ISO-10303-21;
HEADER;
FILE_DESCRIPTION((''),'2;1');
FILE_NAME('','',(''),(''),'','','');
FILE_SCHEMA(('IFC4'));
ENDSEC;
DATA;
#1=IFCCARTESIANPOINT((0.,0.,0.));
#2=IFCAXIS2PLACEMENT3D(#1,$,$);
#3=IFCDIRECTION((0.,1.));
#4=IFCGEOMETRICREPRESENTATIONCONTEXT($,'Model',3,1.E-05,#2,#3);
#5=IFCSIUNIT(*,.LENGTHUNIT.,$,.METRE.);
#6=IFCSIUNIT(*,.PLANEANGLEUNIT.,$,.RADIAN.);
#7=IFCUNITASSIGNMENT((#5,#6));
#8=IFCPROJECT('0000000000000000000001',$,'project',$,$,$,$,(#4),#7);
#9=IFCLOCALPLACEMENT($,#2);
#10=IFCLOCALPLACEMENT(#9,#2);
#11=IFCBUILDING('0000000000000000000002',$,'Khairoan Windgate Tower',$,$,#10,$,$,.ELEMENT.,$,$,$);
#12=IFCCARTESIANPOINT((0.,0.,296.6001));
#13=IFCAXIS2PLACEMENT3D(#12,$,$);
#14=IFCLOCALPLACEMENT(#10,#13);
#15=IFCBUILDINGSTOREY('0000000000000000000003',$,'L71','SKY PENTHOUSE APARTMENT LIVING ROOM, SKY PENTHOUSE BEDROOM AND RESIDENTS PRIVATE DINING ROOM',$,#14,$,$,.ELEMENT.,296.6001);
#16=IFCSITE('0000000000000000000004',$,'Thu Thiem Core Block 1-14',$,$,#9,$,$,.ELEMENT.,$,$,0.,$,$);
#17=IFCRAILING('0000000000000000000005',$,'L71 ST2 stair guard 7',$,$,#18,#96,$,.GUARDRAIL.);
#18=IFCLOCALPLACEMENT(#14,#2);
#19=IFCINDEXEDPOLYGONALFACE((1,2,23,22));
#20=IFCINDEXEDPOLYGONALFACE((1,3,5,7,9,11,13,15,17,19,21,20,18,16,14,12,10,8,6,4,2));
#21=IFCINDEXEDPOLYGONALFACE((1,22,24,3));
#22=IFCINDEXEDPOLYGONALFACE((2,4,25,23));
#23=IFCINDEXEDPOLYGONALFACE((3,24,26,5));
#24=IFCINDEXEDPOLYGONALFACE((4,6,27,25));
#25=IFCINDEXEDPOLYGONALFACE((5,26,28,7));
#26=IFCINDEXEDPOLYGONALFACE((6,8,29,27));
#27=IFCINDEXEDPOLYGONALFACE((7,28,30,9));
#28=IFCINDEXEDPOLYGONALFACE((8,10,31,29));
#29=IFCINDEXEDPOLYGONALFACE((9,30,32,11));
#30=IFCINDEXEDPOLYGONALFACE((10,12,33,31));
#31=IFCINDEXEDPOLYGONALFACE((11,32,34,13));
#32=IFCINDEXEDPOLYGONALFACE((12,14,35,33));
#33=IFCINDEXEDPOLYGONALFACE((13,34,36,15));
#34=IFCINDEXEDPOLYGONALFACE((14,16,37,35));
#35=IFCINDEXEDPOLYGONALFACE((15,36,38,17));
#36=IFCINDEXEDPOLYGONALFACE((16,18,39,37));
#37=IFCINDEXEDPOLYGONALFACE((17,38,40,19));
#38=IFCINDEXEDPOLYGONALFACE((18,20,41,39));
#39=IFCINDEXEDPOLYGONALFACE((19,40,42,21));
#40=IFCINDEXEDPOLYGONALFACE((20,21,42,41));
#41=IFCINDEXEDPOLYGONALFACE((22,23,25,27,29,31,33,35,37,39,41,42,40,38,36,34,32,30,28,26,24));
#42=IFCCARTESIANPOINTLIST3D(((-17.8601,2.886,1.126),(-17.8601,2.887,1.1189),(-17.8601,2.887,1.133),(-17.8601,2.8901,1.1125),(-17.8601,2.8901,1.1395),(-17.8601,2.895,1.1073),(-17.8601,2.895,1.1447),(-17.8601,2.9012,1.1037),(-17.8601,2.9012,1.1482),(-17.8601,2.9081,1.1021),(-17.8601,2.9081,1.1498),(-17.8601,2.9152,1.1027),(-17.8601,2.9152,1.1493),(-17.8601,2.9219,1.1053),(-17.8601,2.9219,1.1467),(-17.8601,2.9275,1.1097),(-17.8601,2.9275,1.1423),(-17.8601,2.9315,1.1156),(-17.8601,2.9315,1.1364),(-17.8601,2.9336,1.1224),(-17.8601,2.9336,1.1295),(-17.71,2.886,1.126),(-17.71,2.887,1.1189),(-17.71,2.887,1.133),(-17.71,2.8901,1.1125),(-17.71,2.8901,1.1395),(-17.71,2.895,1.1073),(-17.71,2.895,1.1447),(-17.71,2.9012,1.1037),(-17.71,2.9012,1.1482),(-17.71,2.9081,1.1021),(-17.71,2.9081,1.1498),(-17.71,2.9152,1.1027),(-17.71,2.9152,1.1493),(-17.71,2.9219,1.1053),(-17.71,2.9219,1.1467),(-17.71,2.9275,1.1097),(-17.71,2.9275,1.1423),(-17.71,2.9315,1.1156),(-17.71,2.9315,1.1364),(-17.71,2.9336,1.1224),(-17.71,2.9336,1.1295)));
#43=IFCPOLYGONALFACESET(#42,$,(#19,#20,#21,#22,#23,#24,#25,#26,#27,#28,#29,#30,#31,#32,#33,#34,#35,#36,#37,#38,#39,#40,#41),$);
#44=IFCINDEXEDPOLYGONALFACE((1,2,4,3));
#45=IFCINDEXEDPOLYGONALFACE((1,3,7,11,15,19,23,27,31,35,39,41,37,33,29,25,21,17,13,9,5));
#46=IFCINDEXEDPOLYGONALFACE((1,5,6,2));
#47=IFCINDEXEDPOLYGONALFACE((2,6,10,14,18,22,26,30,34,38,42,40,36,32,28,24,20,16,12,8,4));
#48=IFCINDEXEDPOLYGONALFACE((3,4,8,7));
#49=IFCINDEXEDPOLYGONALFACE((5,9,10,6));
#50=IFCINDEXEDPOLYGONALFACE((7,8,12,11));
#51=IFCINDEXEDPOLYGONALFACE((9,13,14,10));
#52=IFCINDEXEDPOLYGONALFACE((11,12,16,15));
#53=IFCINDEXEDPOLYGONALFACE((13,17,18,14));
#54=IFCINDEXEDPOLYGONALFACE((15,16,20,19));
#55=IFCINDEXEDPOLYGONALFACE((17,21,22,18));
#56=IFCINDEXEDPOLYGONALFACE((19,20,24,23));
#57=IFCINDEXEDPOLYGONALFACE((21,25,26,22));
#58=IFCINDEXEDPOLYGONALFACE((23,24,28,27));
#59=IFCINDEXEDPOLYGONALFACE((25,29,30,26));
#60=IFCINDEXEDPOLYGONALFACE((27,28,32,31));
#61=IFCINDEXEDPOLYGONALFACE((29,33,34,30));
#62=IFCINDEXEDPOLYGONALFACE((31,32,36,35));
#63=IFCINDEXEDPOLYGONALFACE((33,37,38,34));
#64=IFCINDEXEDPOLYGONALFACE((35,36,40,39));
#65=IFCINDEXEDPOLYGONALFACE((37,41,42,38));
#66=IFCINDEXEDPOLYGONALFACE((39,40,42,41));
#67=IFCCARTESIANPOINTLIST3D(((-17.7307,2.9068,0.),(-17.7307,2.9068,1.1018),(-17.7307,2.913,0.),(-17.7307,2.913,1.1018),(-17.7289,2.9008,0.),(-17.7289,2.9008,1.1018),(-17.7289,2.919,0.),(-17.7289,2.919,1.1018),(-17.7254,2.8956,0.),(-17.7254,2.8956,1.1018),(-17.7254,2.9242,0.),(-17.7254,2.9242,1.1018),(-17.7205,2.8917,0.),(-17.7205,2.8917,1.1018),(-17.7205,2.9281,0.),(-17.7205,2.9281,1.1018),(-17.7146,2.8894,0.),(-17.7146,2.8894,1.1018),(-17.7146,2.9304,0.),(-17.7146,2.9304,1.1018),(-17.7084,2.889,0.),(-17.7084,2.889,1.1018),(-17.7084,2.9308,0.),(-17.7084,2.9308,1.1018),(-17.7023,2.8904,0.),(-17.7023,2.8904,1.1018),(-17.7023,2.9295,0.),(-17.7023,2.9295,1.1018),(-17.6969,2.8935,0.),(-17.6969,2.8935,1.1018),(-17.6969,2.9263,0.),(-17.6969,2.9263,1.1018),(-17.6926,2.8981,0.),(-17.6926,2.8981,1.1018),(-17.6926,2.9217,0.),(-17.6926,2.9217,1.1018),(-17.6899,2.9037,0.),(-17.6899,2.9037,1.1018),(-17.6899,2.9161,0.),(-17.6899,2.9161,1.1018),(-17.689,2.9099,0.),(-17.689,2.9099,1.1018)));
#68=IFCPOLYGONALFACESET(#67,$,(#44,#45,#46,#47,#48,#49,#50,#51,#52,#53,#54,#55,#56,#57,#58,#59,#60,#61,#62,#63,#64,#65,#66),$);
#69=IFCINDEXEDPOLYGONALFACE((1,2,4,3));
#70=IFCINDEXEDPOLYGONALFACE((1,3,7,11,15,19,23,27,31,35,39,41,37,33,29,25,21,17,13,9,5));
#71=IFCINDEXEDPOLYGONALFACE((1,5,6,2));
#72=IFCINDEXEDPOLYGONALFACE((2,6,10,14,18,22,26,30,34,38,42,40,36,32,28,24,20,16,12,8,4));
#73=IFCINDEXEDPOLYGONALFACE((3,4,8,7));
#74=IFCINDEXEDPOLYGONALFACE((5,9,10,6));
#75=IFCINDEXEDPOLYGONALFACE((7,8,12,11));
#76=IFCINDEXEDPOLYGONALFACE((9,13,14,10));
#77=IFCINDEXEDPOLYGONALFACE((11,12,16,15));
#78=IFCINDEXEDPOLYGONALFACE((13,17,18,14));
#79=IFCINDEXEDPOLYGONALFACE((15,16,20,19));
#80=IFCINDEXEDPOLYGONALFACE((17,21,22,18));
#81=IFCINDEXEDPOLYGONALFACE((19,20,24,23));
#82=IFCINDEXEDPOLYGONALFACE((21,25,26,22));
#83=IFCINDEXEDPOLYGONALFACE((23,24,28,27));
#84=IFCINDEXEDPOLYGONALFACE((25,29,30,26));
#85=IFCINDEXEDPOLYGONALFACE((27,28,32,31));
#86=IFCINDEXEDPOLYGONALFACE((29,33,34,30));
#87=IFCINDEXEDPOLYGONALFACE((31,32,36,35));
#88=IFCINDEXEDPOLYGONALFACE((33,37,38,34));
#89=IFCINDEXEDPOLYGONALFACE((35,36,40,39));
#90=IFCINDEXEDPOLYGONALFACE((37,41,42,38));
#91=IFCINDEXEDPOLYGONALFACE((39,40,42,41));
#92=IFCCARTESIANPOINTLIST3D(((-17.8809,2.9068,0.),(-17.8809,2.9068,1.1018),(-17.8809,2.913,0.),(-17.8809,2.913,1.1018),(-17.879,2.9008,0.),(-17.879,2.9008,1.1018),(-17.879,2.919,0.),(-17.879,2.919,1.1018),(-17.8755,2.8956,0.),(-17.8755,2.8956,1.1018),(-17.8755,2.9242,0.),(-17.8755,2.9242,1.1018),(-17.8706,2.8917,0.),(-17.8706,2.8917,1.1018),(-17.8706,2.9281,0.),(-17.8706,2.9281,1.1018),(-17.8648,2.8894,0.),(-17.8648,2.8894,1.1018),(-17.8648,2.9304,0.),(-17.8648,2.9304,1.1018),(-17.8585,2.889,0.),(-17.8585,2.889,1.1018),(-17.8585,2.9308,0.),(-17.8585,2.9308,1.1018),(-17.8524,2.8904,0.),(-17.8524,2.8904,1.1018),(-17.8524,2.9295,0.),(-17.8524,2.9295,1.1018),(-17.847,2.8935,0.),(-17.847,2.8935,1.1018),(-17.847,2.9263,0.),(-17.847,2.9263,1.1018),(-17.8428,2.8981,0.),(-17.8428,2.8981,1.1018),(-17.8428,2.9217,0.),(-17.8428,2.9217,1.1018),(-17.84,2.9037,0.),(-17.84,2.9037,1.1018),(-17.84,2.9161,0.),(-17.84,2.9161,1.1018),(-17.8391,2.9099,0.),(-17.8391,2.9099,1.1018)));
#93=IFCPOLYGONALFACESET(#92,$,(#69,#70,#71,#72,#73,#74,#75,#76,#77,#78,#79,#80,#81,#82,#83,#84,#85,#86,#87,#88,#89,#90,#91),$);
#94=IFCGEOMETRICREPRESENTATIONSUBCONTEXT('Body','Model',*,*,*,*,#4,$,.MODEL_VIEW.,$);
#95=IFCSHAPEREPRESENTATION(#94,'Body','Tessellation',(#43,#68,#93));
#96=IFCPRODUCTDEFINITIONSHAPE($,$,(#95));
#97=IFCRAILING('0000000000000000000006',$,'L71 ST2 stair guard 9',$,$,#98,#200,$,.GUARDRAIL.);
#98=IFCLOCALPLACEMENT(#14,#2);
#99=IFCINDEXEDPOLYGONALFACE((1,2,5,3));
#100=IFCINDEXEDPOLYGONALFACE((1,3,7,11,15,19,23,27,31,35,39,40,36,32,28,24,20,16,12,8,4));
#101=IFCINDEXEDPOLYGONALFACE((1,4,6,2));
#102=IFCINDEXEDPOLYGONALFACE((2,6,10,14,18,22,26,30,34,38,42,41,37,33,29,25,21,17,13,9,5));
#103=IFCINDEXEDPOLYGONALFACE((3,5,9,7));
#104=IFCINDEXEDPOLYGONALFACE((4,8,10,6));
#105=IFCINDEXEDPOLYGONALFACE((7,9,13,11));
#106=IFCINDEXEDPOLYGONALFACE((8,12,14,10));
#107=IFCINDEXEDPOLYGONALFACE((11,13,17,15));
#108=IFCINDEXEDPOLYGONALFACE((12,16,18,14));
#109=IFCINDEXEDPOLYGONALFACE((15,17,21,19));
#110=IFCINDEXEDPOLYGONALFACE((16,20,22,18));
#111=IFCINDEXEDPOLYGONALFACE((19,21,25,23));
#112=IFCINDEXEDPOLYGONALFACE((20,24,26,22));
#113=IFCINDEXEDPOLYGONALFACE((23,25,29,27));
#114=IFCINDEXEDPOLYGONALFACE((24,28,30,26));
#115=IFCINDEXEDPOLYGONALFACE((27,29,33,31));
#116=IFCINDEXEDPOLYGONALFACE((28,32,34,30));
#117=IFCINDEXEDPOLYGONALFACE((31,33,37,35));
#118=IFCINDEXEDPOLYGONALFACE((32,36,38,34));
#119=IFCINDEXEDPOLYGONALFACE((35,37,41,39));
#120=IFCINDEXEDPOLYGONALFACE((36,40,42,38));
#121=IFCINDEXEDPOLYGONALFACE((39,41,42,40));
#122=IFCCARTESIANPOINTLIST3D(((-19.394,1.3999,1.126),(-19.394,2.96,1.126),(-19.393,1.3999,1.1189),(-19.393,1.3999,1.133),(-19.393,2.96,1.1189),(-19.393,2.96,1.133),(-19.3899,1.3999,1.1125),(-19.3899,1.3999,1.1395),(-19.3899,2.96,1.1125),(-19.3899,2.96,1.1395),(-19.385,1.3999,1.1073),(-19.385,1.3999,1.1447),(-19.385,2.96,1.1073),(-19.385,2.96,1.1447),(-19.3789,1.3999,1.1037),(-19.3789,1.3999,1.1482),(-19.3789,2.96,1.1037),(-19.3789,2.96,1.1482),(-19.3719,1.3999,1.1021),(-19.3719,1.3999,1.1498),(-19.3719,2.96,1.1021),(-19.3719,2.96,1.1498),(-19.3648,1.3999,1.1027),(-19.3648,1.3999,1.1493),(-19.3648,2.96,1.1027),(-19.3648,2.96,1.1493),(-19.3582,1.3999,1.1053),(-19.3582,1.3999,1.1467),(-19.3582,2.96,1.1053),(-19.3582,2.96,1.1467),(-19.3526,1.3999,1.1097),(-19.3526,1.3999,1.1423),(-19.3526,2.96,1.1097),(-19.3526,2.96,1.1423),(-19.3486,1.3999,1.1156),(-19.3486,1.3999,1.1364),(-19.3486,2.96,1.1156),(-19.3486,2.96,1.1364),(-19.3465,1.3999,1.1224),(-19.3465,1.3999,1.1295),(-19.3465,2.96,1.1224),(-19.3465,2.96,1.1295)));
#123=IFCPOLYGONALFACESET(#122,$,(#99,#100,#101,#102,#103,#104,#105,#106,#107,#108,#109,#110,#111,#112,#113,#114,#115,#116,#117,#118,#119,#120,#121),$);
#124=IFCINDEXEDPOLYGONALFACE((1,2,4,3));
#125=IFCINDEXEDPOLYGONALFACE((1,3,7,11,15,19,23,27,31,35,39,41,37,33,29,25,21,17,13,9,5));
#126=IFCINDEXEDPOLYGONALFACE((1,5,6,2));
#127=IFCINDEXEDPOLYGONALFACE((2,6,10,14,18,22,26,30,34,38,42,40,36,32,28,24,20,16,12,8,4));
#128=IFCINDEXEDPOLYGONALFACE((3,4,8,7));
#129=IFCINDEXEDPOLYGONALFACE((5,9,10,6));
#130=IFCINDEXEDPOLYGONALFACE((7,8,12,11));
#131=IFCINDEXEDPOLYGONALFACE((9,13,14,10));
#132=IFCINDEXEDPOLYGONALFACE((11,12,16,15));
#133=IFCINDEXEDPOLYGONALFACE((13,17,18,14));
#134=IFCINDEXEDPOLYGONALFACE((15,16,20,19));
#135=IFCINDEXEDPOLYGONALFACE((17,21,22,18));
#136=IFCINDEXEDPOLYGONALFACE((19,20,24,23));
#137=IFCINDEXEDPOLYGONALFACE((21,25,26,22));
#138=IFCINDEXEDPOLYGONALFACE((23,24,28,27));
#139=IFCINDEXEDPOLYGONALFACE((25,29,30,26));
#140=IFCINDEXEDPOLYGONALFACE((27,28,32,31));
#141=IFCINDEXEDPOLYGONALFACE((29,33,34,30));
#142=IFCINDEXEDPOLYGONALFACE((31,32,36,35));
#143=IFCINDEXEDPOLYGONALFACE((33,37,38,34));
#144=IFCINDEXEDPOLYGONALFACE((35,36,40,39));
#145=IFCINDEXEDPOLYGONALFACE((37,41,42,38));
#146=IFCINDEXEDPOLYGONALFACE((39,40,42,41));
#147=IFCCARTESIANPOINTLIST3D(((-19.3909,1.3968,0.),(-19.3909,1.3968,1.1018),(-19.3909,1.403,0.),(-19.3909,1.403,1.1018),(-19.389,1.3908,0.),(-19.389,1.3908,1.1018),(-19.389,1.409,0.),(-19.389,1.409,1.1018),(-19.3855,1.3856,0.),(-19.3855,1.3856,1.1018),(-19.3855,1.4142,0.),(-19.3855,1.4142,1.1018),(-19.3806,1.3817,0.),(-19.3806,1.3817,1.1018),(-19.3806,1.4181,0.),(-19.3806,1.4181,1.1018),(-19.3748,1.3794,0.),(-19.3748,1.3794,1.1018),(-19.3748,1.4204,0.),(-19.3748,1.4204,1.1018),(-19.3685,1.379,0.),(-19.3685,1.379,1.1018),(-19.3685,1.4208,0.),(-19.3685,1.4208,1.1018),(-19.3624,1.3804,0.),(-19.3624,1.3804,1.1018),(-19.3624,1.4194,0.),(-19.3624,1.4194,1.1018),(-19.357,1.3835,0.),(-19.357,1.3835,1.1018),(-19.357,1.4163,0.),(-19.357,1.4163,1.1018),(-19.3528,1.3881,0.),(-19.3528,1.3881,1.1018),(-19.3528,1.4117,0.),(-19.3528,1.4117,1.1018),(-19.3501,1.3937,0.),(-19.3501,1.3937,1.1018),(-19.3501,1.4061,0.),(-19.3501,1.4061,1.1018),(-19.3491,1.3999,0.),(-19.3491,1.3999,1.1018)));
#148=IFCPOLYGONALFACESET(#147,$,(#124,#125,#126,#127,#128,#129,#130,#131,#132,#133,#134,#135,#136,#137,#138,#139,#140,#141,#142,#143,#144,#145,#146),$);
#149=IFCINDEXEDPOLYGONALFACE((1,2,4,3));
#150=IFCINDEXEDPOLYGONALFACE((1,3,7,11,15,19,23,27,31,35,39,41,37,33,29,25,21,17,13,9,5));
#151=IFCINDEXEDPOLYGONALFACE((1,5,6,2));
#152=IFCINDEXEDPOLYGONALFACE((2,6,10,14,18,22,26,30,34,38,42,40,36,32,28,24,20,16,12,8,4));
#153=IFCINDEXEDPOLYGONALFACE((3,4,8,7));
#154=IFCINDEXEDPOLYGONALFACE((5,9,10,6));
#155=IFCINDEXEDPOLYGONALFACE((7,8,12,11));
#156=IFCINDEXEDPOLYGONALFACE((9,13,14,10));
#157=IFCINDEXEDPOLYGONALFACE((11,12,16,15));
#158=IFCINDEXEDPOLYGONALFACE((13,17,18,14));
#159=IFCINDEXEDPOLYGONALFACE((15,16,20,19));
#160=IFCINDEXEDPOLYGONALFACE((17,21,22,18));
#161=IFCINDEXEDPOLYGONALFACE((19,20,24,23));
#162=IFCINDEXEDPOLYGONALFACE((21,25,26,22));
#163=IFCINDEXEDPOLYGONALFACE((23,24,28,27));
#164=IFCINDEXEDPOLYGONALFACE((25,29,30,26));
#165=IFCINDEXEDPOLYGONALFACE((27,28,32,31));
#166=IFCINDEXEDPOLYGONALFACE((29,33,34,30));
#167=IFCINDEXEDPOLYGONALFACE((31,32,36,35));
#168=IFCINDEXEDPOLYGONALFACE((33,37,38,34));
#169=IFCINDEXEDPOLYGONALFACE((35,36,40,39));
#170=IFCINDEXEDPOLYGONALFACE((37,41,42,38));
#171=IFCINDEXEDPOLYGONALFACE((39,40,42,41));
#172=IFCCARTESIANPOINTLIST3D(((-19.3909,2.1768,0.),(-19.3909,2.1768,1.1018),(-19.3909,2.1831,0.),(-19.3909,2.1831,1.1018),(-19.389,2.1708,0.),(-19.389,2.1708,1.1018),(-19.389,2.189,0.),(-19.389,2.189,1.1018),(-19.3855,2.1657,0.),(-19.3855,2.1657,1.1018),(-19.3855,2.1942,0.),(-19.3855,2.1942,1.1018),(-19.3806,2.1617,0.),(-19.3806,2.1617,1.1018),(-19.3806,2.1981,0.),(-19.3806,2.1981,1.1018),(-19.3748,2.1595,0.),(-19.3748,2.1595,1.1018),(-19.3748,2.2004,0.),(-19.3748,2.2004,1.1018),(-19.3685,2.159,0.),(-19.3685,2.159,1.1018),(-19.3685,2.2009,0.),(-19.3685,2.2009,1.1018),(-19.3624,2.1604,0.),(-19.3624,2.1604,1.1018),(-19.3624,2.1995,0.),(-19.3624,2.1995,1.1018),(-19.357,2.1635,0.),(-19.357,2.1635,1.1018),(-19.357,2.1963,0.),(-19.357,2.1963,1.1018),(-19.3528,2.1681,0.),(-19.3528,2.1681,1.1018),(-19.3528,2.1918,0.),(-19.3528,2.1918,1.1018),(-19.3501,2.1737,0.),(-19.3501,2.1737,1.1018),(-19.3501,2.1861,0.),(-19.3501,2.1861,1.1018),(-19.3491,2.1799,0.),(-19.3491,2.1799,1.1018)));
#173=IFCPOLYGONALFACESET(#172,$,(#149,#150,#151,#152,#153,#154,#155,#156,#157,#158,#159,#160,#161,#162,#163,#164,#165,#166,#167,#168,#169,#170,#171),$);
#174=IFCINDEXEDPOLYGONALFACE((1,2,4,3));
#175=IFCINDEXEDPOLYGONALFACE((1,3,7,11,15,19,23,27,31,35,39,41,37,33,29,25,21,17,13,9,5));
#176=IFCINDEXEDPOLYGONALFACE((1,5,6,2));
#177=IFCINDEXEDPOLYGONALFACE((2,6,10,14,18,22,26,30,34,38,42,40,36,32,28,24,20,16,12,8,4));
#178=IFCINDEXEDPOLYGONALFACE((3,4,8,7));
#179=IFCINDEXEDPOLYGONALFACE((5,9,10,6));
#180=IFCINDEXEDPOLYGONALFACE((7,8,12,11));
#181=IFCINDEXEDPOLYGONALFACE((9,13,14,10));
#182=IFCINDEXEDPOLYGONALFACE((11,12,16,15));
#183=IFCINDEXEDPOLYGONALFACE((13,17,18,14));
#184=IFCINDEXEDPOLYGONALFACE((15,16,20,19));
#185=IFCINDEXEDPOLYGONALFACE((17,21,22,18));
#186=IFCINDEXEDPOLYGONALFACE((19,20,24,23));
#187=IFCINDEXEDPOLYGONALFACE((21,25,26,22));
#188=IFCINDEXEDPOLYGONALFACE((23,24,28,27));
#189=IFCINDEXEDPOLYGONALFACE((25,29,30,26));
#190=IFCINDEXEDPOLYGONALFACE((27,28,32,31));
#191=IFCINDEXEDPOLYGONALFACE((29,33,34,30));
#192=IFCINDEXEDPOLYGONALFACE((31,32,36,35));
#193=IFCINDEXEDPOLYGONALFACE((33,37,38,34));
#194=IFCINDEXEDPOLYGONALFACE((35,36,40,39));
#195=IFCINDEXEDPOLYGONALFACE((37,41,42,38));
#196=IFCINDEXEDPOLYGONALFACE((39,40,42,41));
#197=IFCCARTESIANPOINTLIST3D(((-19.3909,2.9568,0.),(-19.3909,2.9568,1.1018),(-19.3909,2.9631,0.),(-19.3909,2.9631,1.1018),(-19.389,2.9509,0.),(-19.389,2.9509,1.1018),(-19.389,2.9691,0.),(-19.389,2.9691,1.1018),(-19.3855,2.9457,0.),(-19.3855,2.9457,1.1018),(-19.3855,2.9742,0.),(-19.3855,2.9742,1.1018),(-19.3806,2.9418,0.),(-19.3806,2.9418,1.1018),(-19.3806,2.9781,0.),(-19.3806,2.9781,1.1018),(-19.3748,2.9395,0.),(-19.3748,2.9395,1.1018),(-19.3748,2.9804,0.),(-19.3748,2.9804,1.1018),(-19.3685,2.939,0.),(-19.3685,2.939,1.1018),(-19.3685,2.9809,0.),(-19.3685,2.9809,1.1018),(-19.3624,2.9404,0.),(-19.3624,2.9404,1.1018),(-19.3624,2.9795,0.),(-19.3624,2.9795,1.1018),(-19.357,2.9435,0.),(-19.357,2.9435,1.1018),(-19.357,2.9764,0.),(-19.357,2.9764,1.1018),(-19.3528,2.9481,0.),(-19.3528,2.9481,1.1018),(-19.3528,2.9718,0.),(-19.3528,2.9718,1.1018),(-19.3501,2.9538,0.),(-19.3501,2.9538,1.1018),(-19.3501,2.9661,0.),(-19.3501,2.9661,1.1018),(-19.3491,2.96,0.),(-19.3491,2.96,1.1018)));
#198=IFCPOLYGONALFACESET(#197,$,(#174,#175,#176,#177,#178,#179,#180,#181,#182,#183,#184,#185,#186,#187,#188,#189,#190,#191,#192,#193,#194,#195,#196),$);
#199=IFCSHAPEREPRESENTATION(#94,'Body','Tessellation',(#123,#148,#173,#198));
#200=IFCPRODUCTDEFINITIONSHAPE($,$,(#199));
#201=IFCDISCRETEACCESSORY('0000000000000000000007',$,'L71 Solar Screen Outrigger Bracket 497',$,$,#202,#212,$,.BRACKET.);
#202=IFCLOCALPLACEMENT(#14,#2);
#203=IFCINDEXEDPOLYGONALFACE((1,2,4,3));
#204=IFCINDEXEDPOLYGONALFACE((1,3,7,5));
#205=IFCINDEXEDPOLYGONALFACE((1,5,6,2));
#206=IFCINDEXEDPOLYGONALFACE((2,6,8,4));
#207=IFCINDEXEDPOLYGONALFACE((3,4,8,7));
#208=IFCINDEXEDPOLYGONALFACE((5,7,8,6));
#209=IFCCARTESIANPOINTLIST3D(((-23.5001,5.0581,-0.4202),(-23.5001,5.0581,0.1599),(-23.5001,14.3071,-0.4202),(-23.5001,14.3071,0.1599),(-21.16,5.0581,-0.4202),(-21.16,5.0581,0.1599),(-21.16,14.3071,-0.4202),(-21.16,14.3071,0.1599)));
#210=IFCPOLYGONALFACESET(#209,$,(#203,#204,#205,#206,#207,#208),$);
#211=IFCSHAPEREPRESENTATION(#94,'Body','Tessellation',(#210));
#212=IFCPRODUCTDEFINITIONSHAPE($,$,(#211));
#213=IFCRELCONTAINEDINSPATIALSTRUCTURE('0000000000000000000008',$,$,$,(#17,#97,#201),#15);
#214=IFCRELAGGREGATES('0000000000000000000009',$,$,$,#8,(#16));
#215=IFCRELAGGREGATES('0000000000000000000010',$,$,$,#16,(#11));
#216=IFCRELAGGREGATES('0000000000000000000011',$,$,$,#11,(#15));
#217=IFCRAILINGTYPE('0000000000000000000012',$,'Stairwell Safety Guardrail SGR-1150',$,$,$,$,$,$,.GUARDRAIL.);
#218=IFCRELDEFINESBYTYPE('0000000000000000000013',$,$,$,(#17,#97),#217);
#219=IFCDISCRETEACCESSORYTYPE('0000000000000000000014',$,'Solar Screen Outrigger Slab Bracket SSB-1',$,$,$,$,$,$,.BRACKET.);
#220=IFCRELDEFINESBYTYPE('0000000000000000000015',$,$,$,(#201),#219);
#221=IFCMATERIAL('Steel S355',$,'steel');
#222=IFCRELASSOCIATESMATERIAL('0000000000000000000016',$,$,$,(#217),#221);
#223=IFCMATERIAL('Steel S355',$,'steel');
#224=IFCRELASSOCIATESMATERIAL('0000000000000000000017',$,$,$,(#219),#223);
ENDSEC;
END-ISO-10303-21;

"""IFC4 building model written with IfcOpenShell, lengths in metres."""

from ifc_helpers import new_model, si_unit, direction, frame, origin, origin_2d, place, context, subcontext, project, spatial, rectangle, circle, extrude, material, type_object, element, save


model = new_model("IFC4")

# Units and contexts
model_context = context("Model", 3, precision=1e-05, world=origin(), true_north=direction((0.0, 1.0)))
body_context = subcontext(model_context, "Body", "Model", "MODEL_VIEW")
ifc_project = project(units=[si_unit("LENGTHUNIT", "METRE"), si_unit("PLANEANGLEUNIT", "RADIAN")], contexts=[model_context])

# Site, building, storey
site_placement = place(None, origin())
site = spatial("IfcSite", under=ifc_project, at=site_placement, Name="Thu Thiem Core Block 1-14", CompositionType="ELEMENT", RefElevation=0.0)
building_placement = place(site_placement, origin())
building = spatial("IfcBuilding", under=site, at=building_placement, Name="Khairoan Windgate Tower", CompositionType="ELEMENT")
storey_placement = place(building_placement, frame((0.0, 0.0, 296.6001)))
storey = spatial("IfcBuildingStorey", under=building, at=storey_placement, Name="L71", Description="SKY PENTHOUSE APARTMENT LIVING ROOM, SKY PENTHOUSE BEDROOM AND RESIDENTS PRIVATE DINING ROOM", CompositionType="ELEMENT", Elevation=296.6001)

# Railings
ifc_material_1 = material(Name="Steel S355", Category="steel")
railing_type_1 = type_object("IfcRailingType", Name="Stairwell Safety Guardrail SGR-1150", PredefinedType="GUARDRAIL", material=ifc_material_1)
railing_1_placement = place(storey_placement, frame((-17.71, 2.9099, 0.0)))
element("IfcRailing", 1, at=railing_1_placement, inside=storey, type_object=railing_type_1, Name="L71 ST2 stair guard 7", PredefinedType="GUARDRAIL", context=body_context, shape_type="SweptSolid", body=[
    extrude(circle(Radius=0.0239, at=origin_2d()), frame((0.0, 0.0, 1.126), z_axis=(-1.0, 0.0, 0.0), x_axis=(0.0, -1.0, 0.0)), (0.0, 0.0, 1.0), 0.1501),
    extrude(circle(Radius=0.021, at=origin_2d()), origin(), (0.0, 0.0, 1.0), 1.1018),
    extrude(circle(Radius=0.021, at=origin_2d()), frame((-0.1501, 0.0, 0.0)), (0.0, 0.0, 1.0), 1.1018),
])
railing_2_placement = place(storey_placement, frame((-19.3701, 1.3999, 0.0)))
element("IfcRailing", 2, at=railing_2_placement, inside=storey, type_object=railing_type_1, Name="L71 ST2 stair guard 9", PredefinedType="GUARDRAIL", context=body_context, shape_type="SweptSolid", body=[
    extrude(circle(Radius=0.0239, at=origin_2d()), frame((0.0, 0.0, 1.126), z_axis=(0.0, 1.0, 0.0), x_axis=(-1.0, 0.0, 0.0)), (0.0, 0.0, 1.0), 1.5601),
    extrude(circle(Radius=0.021, at=origin_2d()), origin(), (0.0, 0.0, 1.0), 1.1018),
    extrude(circle(Radius=0.021, at=origin_2d()), frame((0.0, 0.78, 0.0)), (0.0, 0.0, 1.0), 1.1018),
    extrude(circle(Radius=0.021, at=origin_2d()), frame((0.0, 1.5601, 0.0)), (0.0, 0.0, 1.0), 1.1018),
])

# Discrete accessory
ifc_material_2 = material(Name="Steel S355", Category="steel")
discrete_accessory_type = type_object("IfcDiscreteAccessoryType", Name="Solar Screen Outrigger Slab Bracket SSB-1", PredefinedType="BRACKET", material=ifc_material_2)
discrete_accessory_placement = place(storey_placement, frame((-22.3301, 9.6826, -0.4202), z_axis=(0.0, 0.0, 1.0), x_axis=(0.0, 1.0, 0.0)))
element("IfcDiscreteAccessory", 3, at=discrete_accessory_placement, inside=storey, type_object=discrete_accessory_type, Name="L71 Solar Screen Outrigger Bracket 497", PredefinedType="BRACKET", context=body_context, shape_type="SweptSolid", body=[
    extrude(rectangle(XDim=9.249, YDim=2.3401, at=origin_2d()), origin(), (0.0, 0.0, 1.0), 0.5801),
])

save(model, "model.ifc")
